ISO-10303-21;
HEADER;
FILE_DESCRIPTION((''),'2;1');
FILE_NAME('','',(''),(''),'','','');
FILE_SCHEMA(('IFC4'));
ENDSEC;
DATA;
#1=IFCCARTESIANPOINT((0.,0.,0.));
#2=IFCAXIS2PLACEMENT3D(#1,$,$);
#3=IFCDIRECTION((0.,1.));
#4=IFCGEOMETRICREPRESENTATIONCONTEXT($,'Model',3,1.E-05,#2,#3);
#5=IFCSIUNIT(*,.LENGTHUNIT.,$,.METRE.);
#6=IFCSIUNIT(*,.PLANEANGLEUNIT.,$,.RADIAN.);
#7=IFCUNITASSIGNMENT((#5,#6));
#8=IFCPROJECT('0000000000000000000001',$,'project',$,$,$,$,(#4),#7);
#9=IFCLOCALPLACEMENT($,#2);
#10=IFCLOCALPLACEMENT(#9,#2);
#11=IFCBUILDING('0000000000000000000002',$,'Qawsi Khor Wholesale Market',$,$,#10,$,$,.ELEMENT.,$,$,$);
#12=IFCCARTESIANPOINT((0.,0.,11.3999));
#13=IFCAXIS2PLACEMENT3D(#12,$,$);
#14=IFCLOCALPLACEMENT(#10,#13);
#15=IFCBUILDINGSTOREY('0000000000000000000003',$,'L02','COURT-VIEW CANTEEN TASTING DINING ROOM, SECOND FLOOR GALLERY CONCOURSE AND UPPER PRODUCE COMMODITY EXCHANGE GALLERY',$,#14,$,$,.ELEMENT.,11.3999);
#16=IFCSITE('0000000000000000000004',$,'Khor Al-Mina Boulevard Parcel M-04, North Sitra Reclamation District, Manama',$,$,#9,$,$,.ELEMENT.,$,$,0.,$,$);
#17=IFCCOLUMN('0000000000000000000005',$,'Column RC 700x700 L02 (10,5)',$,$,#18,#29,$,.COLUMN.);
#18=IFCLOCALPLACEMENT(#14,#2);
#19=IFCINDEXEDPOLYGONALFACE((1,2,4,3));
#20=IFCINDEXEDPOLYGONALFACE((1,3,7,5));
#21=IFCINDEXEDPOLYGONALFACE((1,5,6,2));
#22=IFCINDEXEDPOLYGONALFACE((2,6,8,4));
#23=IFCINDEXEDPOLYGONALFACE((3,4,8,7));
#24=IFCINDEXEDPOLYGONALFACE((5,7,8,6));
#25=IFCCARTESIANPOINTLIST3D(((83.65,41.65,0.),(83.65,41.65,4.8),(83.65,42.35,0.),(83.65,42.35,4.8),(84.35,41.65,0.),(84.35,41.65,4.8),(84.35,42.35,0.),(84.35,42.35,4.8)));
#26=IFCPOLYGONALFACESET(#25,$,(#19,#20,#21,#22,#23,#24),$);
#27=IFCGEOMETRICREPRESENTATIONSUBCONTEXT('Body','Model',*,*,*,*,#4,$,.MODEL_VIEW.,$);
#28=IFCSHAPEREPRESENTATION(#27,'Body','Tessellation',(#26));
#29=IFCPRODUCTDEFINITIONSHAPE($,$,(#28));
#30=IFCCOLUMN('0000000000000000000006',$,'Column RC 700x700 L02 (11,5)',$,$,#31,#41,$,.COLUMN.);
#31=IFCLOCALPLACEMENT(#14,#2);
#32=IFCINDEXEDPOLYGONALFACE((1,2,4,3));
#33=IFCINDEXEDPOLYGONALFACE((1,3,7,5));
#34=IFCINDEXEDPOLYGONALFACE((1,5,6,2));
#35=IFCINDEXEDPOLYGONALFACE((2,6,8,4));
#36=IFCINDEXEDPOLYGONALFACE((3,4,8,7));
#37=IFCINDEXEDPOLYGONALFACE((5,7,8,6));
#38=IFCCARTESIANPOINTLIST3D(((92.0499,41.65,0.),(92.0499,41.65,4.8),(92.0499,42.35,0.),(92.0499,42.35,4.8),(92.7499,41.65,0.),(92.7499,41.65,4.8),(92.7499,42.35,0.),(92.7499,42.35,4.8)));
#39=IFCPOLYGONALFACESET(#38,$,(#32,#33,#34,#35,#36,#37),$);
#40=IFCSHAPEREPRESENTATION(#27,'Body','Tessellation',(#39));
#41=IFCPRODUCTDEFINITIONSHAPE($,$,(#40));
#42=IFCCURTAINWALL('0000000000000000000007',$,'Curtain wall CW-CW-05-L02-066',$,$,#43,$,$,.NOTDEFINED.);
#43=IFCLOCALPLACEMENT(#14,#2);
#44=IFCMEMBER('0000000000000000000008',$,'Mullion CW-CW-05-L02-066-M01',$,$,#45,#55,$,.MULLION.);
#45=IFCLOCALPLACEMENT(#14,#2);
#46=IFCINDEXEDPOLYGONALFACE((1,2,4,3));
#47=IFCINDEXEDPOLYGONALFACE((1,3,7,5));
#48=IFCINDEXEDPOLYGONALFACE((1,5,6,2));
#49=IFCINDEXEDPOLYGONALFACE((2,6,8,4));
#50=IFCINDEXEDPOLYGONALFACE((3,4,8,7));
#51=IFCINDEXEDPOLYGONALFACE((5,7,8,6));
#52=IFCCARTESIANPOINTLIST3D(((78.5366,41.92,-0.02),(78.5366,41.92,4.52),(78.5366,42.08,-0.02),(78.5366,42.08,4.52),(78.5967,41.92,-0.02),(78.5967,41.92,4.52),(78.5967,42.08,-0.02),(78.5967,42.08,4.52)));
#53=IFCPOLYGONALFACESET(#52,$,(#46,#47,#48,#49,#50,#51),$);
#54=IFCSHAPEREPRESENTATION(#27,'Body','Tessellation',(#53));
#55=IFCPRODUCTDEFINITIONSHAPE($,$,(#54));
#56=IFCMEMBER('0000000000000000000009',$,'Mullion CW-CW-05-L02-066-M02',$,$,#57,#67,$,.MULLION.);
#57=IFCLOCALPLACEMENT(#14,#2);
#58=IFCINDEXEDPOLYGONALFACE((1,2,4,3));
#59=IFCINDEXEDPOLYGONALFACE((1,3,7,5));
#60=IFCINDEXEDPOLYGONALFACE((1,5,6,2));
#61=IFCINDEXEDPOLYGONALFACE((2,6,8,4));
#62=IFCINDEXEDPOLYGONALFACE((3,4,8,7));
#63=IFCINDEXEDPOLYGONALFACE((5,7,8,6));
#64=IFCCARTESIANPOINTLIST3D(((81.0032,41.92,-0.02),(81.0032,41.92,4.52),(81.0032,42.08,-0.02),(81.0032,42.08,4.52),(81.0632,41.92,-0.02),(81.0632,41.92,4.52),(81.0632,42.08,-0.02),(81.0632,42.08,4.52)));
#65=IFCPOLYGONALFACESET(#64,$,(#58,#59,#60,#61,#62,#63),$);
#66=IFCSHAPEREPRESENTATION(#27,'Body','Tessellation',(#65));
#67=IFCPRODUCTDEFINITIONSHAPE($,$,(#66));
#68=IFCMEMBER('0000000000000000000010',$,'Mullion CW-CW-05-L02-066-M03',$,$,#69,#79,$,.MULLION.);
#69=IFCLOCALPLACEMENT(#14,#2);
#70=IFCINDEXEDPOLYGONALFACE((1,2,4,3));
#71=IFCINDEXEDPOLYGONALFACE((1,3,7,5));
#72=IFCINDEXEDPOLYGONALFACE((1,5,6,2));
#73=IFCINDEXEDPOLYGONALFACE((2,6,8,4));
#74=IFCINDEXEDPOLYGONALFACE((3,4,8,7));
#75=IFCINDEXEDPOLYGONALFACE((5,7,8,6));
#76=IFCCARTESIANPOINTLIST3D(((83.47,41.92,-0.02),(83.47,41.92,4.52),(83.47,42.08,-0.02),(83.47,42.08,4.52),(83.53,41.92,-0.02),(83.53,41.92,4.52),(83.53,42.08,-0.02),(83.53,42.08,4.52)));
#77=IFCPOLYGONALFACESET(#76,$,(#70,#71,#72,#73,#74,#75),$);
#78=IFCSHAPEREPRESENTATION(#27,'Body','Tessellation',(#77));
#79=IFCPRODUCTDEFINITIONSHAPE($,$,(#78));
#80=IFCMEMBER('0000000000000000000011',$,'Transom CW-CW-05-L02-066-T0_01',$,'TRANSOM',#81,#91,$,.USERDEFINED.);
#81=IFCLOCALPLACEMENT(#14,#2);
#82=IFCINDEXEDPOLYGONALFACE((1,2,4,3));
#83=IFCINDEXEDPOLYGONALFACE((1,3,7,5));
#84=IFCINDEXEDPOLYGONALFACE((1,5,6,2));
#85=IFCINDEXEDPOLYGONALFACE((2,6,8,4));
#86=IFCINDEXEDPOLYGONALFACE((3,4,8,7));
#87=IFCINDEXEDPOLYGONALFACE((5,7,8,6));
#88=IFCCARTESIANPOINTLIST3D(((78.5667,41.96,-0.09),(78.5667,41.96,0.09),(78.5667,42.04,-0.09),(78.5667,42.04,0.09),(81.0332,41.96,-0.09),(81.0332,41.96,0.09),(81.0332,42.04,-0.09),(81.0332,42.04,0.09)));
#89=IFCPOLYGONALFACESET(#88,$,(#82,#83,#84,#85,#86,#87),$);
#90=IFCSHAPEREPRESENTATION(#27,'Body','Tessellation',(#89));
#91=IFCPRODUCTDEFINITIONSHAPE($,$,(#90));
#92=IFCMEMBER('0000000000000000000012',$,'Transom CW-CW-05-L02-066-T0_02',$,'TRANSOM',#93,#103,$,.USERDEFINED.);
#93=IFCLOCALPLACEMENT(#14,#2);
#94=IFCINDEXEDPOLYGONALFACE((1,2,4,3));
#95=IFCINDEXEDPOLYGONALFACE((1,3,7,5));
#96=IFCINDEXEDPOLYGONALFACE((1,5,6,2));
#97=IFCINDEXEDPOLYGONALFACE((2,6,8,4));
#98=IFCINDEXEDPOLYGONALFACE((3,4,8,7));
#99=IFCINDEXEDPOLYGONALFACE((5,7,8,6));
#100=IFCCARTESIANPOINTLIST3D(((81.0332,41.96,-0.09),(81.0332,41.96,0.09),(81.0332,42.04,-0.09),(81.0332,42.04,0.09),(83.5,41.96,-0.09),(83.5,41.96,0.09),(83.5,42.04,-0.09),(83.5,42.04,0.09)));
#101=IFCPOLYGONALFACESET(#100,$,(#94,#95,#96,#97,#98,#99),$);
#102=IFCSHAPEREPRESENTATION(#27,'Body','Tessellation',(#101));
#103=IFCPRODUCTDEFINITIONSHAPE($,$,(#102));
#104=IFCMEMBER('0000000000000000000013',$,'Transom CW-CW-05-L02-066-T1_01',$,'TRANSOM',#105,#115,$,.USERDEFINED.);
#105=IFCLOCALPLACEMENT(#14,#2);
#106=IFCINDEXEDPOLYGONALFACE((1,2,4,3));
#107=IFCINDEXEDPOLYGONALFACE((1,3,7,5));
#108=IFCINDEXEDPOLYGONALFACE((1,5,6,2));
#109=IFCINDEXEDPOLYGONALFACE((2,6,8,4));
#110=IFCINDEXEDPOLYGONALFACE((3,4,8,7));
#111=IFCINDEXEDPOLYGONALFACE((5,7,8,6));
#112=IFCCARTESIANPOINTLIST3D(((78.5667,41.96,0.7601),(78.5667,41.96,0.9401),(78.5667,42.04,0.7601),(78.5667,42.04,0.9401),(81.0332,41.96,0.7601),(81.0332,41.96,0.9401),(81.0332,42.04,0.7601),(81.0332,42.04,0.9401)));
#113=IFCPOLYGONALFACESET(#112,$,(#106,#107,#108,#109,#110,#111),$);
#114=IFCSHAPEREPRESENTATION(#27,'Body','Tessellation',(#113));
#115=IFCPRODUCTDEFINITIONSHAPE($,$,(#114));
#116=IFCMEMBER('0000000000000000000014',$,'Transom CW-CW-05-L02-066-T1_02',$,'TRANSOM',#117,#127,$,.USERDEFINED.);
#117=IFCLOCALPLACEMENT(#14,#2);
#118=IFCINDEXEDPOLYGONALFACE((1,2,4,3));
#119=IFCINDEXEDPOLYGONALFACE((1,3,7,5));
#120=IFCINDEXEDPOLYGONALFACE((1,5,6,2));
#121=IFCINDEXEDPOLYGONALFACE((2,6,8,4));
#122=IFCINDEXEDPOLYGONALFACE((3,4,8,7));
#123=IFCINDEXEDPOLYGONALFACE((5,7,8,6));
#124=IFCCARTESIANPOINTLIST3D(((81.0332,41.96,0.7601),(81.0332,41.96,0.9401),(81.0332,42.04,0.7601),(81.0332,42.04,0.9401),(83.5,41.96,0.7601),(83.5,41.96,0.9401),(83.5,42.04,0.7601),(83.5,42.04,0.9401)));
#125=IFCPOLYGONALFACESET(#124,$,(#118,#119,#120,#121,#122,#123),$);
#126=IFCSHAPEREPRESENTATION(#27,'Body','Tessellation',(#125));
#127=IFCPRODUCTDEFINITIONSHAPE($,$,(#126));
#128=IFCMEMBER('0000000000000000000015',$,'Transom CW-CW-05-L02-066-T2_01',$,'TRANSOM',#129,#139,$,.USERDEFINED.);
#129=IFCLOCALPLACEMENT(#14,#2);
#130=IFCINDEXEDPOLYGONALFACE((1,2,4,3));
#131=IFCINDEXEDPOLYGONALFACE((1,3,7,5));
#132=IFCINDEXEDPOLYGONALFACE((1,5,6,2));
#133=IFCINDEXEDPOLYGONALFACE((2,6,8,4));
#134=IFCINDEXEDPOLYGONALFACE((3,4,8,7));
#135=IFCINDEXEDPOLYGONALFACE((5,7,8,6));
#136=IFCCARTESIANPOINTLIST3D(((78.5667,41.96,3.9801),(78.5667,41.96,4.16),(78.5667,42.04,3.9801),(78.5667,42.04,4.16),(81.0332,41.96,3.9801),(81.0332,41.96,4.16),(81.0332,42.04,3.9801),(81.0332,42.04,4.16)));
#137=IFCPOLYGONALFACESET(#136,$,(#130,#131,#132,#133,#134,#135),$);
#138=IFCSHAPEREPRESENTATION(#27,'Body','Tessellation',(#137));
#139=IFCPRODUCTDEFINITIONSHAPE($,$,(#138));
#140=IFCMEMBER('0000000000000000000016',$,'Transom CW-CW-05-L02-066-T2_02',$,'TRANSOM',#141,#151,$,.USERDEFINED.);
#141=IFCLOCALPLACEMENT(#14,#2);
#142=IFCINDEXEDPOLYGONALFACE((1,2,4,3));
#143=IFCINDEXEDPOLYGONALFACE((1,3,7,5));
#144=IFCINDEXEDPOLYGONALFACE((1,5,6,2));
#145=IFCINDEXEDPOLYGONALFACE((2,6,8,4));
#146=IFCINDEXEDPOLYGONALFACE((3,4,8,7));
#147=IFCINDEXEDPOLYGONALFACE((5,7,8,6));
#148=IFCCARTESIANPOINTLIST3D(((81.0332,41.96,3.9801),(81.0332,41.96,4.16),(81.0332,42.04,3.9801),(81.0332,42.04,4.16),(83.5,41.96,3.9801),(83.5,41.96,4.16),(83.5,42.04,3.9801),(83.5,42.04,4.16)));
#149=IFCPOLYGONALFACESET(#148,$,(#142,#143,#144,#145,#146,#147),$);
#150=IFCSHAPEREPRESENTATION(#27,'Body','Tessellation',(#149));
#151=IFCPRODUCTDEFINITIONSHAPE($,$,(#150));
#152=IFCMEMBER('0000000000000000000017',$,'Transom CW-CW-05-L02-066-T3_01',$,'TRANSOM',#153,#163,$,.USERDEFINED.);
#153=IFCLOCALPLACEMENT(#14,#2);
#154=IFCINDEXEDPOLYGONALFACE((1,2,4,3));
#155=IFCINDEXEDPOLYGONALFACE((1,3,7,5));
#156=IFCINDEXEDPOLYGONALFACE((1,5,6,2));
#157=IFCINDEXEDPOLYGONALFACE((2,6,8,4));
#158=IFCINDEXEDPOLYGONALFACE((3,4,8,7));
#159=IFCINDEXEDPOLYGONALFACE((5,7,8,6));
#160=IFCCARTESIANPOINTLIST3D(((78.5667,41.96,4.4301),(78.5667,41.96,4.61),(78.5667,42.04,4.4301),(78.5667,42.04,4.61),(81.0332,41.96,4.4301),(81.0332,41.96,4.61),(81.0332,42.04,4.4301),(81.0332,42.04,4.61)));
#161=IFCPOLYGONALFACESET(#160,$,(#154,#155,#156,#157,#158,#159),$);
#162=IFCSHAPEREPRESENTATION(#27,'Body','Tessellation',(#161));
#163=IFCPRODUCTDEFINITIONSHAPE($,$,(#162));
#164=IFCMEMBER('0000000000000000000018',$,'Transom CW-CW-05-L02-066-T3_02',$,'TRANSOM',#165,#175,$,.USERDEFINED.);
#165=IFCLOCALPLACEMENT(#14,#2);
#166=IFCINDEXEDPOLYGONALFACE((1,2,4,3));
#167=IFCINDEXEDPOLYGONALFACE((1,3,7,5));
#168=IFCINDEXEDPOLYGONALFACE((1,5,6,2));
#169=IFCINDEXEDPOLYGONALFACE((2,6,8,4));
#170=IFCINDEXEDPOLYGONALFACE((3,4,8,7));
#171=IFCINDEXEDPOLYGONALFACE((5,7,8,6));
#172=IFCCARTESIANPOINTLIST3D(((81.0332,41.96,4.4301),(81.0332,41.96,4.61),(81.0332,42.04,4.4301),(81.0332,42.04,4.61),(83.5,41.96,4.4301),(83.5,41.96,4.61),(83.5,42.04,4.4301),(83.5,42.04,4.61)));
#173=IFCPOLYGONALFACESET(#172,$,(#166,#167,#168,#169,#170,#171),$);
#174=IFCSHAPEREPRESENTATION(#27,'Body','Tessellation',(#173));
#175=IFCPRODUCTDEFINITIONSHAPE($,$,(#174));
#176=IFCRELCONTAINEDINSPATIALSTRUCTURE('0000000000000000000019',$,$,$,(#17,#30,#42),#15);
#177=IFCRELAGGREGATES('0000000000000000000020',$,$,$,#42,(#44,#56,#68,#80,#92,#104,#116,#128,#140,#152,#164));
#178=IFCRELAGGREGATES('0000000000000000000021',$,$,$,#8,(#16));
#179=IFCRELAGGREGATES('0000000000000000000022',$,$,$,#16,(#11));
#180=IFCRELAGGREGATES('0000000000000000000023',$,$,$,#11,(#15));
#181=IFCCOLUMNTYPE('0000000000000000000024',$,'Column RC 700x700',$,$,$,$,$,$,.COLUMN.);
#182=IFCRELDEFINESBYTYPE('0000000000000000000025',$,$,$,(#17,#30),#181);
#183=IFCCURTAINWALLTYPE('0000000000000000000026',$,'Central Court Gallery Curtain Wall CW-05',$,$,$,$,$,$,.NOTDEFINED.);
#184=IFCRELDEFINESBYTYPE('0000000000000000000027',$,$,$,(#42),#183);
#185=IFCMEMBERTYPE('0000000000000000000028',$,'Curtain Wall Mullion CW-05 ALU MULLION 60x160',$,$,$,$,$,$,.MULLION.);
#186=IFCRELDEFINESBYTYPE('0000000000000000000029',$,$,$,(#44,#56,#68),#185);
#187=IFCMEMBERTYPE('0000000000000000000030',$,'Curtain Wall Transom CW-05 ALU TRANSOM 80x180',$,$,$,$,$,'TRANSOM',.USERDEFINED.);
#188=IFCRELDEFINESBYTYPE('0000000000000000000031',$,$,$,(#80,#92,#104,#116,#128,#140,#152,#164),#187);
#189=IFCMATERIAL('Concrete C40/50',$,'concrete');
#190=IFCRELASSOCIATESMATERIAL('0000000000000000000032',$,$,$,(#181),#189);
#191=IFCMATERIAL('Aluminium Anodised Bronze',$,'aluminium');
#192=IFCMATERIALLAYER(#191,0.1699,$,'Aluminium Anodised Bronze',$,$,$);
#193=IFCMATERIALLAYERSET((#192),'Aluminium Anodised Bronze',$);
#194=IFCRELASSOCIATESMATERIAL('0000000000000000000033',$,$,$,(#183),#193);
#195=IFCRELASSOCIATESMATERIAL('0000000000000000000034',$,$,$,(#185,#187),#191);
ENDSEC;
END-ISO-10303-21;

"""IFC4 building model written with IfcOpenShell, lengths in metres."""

from ifc_helpers import new_model, si_unit, direction, frame, origin, origin_2d, place, context, subcontext, project, spatial, rectangle, extrude, material, layer, layer_set, material_profile, profile_set, type_object, element, aggregate, save


model = new_model("IFC4")

# Units and contexts
model_context = context("Model", 3, precision=1e-05, world=origin(), true_north=direction((0.0, 1.0)))
body_context = subcontext(model_context, "Body", "Model", "MODEL_VIEW")
ifc_project = project(units=[si_unit("LENGTHUNIT", "METRE"), si_unit("PLANEANGLEUNIT", "RADIAN")], contexts=[model_context])

# Site, building, storey
site_placement = place(None, origin())
site = spatial("IfcSite", under=ifc_project, at=site_placement, Name="Khor Al-Mina Boulevard Parcel M-04, North Sitra Reclamation District, Manama", CompositionType="ELEMENT", RefElevation=0.0)
building_placement = place(site_placement, origin())
building = spatial("IfcBuilding", under=site, at=building_placement, Name="Qawsi Khor Wholesale Market", CompositionType="ELEMENT")
storey_placement = place(building_placement, frame((0.0, 0.0, 11.3999)))
storey = spatial("IfcBuildingStorey", under=building, at=storey_placement, Name="L02", Description="COURT-VIEW CANTEEN TASTING DINING ROOM, SECOND FLOOR GALLERY CONCOURSE AND UPPER PRODUCE COMMODITY EXCHANGE GALLERY", CompositionType="ELEMENT", Elevation=11.3999)

# Columns
ifc_material_1 = material(Name="Concrete C40/50", Category="concrete")
ifc_material_profile_1 = material_profile(ifc_material_1, rectangle(XDim=0.7, YDim=0.7, at=origin_2d()), Name="RC 700x700")
ifc_profile_set_1 = profile_set([ifc_material_profile_1], Name="Concrete C40/50")
column_type = type_object("IfcColumnType", Name="Column RC 700x700", PredefinedType="COLUMN", material=ifc_profile_set_1)
for number, where, z_axis, x_axis, name in (
    (1, (84.0, 42.0, 0.0), (0.0, 0.0, 1.0), (1.0, 0.0, 0.0), "Column RC 700x700 L02 (10,5)"),
    (2, (92.3999, 42.0, 0.0), (0.0, 0.0, 1.0), (1.0, 0.0, 0.0), "Column RC 700x700 L02 (11,5)"),
):
    element("IfcColumn", number, at=place(storey_placement, frame(where, z_axis=z_axis, x_axis=x_axis)), inside=storey, type_object=column_type, Name=name, PredefinedType="COLUMN", context=body_context, shape_type="SweptSolid", body=[
        extrude(rectangle(XDim=0.7, YDim=0.7, at=origin_2d()), origin(), (0.0, 0.0, 1.0), 4.8),
    ])

# Curtain wall, members
ifc_material_2 = material(Name="Aluminium Anodised Bronze", Category="aluminium")
ifc_layer_1 = layer(ifc_material_2, 0.1699, Name="Aluminium Anodised Bronze")
ifc_layer_set_1 = layer_set([ifc_layer_1], Name="Aluminium Anodised Bronze")
curtain_wall_type = type_object("IfcCurtainWallType", Name="Central Court Gallery Curtain Wall CW-05", PredefinedType="NOTDEFINED", material=ifc_layer_set_1)
curtain_wall_placement = place(storey_placement, origin())
curtain_wall = element("IfcCurtainWall", 3, at=curtain_wall_placement, inside=storey, type_object=curtain_wall_type, Name="Curtain wall CW-CW-05-L02-066", PredefinedType="NOTDEFINED")
ifc_material_profile_2 = material_profile(ifc_material_2, rectangle(XDim=0.0601, YDim=0.1599, at=origin_2d()), Name="ALU MULLION 60x160")
ifc_profile_set_2 = profile_set([ifc_material_profile_2], Name="Aluminium Anodised Bronze")
member_type_1 = type_object("IfcMemberType", Name="Curtain Wall Mullion CW-05 ALU MULLION 60x160", PredefinedType="MULLION", material=ifc_profile_set_2)
member_1_placement = place(storey_placement, frame((78.5667, 42.0, -0.02), z_axis=(0.0, 0.0, 1.0), x_axis=(1.0, 0.0, 0.0)))
member_1 = element("IfcMember", 4, at=member_1_placement, type_object=member_type_1, Name="Mullion CW-CW-05-L02-066-M01", PredefinedType="MULLION", context=body_context, shape_type="SweptSolid", body=[
    extrude(rectangle(XDim=0.0601, YDim=0.1599, at=origin_2d()), origin(), (0.0, 0.0, 1.0), 4.54),
])
member_2_placement = place(storey_placement, frame((81.0332, 42.0, -0.02), z_axis=(0.0, 0.0, 1.0), x_axis=(1.0, 0.0, 0.0)))
member_2 = element("IfcMember", 5, at=member_2_placement, type_object=member_type_1, Name="Mullion CW-CW-05-L02-066-M02", PredefinedType="MULLION", context=body_context, shape_type="SweptSolid", body=[
    extrude(rectangle(XDim=0.0601, YDim=0.1599, at=origin_2d()), origin(), (0.0, 0.0, 1.0), 4.54),
])
member_3_placement = place(storey_placement, frame((83.5, 42.0, -0.02), z_axis=(0.0, 0.0, 1.0), x_axis=(1.0, 0.0, 0.0)))
member_3 = element("IfcMember", 6, at=member_3_placement, type_object=member_type_1, Name="Mullion CW-CW-05-L02-066-M03", PredefinedType="MULLION", context=body_context, shape_type="SweptSolid", body=[
    extrude(rectangle(XDim=0.0601, YDim=0.1599, at=origin_2d()), origin(), (0.0, 0.0, 1.0), 4.54),
])
ifc_material_profile_3 = material_profile(ifc_material_2, rectangle(XDim=0.0801, YDim=0.1799, at=origin_2d()), Name="ALU TRANSOM 80x180")
ifc_profile_set_3 = profile_set([ifc_material_profile_3], Name="Aluminium Anodised Bronze")
member_type_2 = type_object("IfcMemberType", Name="Curtain Wall Transom CW-05 ALU TRANSOM 80x180", ElementType="TRANSOM", PredefinedType="USERDEFINED", material=ifc_profile_set_3)
member_4_placement = place(storey_placement, frame((78.5667, 42.0, 0.0), z_axis=(1.0, 0.0, 0.0), x_axis=(0.0, 1.0, 0.0)))
member_4 = element("IfcMember", 7, at=member_4_placement, type_object=member_type_2, Name="Transom CW-CW-05-L02-066-T0_01", ObjectType="TRANSOM", PredefinedType="USERDEFINED", context=body_context, shape_type="SweptSolid", body=[
    extrude(rectangle(XDim=0.0801, YDim=0.1799, at=origin_2d()), origin(), (0.0, 0.0, 1.0), 2.4666),
])
member_5_placement = place(storey_placement, frame((81.0332, 42.0, 0.0), z_axis=(1.0, 0.0, 0.0), x_axis=(0.0, 1.0, 0.0)))
member_5 = element("IfcMember", 8, at=member_5_placement, type_object=member_type_2, Name="Transom CW-CW-05-L02-066-T0_02", ObjectType="TRANSOM", PredefinedType="USERDEFINED", context=body_context, shape_type="SweptSolid", body=[
    extrude(rectangle(XDim=0.0801, YDim=0.1799, at=origin_2d()), origin(), (0.0, 0.0, 1.0), 2.4668),
])
member_6_placement = place(storey_placement, frame((78.5667, 42.0, 0.8501), z_axis=(1.0, 0.0, 0.0), x_axis=(0.0, 1.0, 0.0)))
member_6 = element("IfcMember", 9, at=member_6_placement, type_object=member_type_2, Name="Transom CW-CW-05-L02-066-T1_01", ObjectType="TRANSOM", PredefinedType="USERDEFINED", context=body_context, shape_type="SweptSolid", body=[
    extrude(rectangle(XDim=0.0801, YDim=0.1799, at=origin_2d()), origin(), (0.0, 0.0, 1.0), 2.4666),
])
member_7_placement = place(storey_placement, frame((81.0332, 42.0, 0.8501), z_axis=(1.0, 0.0, 0.0), x_axis=(0.0, 1.0, 0.0)))
member_7 = element("IfcMember", 10, at=member_7_placement, type_object=member_type_2, Name="Transom CW-CW-05-L02-066-T1_02", ObjectType="TRANSOM", PredefinedType="USERDEFINED", context=body_context, shape_type="SweptSolid", body=[
    extrude(rectangle(XDim=0.0801, YDim=0.1799, at=origin_2d()), origin(), (0.0, 0.0, 1.0), 2.4668),
])
member_8_placement = place(storey_placement, frame((78.5667, 42.0, 4.0701), z_axis=(1.0, 0.0, 0.0), x_axis=(0.0, 1.0, 0.0)))
member_8 = element("IfcMember", 11, at=member_8_placement, type_object=member_type_2, Name="Transom CW-CW-05-L02-066-T2_01", ObjectType="TRANSOM", PredefinedType="USERDEFINED", context=body_context, shape_type="SweptSolid", body=[
    extrude(rectangle(XDim=0.0801, YDim=0.1799, at=origin_2d()), origin(), (0.0, 0.0, 1.0), 2.4666),
])
member_9_placement = place(storey_placement, frame((81.0332, 42.0, 4.0701), z_axis=(1.0, 0.0, 0.0), x_axis=(0.0, 1.0, 0.0)))
member_9 = element("IfcMember", 12, at=member_9_placement, type_object=member_type_2, Name="Transom CW-CW-05-L02-066-T2_02", ObjectType="TRANSOM", PredefinedType="USERDEFINED", context=body_context, shape_type="SweptSolid", body=[
    extrude(rectangle(XDim=0.0801, YDim=0.1799, at=origin_2d()), origin(), (0.0, 0.0, 1.0), 2.4668),
])
member_10_placement = place(storey_placement, frame((78.5667, 42.0, 4.52), z_axis=(1.0, 0.0, 0.0), x_axis=(0.0, 1.0, 0.0)))
member_10 = element("IfcMember", 13, at=member_10_placement, type_object=member_type_2, Name="Transom CW-CW-05-L02-066-T3_01", ObjectType="TRANSOM", PredefinedType="USERDEFINED", context=body_context, shape_type="SweptSolid", body=[
    extrude(rectangle(XDim=0.0801, YDim=0.1799, at=origin_2d()), origin(), (0.0, 0.0, 1.0), 2.4666),
])
member_11_placement = place(storey_placement, frame((81.0332, 42.0, 4.52), z_axis=(1.0, 0.0, 0.0), x_axis=(0.0, 1.0, 0.0)))
member_11 = element("IfcMember", 14, at=member_11_placement, type_object=member_type_2, Name="Transom CW-CW-05-L02-066-T3_02", ObjectType="TRANSOM", PredefinedType="USERDEFINED", context=body_context, shape_type="SweptSolid", body=[
    extrude(rectangle(XDim=0.0801, YDim=0.1799, at=origin_2d()), origin(), (0.0, 0.0, 1.0), 2.4668),
])

aggregate(curtain_wall, [member_1, member_2, member_3, member_4, member_5, member_6, member_7, member_8, member_9, member_10, member_11])

save(model, "model.ifc")
